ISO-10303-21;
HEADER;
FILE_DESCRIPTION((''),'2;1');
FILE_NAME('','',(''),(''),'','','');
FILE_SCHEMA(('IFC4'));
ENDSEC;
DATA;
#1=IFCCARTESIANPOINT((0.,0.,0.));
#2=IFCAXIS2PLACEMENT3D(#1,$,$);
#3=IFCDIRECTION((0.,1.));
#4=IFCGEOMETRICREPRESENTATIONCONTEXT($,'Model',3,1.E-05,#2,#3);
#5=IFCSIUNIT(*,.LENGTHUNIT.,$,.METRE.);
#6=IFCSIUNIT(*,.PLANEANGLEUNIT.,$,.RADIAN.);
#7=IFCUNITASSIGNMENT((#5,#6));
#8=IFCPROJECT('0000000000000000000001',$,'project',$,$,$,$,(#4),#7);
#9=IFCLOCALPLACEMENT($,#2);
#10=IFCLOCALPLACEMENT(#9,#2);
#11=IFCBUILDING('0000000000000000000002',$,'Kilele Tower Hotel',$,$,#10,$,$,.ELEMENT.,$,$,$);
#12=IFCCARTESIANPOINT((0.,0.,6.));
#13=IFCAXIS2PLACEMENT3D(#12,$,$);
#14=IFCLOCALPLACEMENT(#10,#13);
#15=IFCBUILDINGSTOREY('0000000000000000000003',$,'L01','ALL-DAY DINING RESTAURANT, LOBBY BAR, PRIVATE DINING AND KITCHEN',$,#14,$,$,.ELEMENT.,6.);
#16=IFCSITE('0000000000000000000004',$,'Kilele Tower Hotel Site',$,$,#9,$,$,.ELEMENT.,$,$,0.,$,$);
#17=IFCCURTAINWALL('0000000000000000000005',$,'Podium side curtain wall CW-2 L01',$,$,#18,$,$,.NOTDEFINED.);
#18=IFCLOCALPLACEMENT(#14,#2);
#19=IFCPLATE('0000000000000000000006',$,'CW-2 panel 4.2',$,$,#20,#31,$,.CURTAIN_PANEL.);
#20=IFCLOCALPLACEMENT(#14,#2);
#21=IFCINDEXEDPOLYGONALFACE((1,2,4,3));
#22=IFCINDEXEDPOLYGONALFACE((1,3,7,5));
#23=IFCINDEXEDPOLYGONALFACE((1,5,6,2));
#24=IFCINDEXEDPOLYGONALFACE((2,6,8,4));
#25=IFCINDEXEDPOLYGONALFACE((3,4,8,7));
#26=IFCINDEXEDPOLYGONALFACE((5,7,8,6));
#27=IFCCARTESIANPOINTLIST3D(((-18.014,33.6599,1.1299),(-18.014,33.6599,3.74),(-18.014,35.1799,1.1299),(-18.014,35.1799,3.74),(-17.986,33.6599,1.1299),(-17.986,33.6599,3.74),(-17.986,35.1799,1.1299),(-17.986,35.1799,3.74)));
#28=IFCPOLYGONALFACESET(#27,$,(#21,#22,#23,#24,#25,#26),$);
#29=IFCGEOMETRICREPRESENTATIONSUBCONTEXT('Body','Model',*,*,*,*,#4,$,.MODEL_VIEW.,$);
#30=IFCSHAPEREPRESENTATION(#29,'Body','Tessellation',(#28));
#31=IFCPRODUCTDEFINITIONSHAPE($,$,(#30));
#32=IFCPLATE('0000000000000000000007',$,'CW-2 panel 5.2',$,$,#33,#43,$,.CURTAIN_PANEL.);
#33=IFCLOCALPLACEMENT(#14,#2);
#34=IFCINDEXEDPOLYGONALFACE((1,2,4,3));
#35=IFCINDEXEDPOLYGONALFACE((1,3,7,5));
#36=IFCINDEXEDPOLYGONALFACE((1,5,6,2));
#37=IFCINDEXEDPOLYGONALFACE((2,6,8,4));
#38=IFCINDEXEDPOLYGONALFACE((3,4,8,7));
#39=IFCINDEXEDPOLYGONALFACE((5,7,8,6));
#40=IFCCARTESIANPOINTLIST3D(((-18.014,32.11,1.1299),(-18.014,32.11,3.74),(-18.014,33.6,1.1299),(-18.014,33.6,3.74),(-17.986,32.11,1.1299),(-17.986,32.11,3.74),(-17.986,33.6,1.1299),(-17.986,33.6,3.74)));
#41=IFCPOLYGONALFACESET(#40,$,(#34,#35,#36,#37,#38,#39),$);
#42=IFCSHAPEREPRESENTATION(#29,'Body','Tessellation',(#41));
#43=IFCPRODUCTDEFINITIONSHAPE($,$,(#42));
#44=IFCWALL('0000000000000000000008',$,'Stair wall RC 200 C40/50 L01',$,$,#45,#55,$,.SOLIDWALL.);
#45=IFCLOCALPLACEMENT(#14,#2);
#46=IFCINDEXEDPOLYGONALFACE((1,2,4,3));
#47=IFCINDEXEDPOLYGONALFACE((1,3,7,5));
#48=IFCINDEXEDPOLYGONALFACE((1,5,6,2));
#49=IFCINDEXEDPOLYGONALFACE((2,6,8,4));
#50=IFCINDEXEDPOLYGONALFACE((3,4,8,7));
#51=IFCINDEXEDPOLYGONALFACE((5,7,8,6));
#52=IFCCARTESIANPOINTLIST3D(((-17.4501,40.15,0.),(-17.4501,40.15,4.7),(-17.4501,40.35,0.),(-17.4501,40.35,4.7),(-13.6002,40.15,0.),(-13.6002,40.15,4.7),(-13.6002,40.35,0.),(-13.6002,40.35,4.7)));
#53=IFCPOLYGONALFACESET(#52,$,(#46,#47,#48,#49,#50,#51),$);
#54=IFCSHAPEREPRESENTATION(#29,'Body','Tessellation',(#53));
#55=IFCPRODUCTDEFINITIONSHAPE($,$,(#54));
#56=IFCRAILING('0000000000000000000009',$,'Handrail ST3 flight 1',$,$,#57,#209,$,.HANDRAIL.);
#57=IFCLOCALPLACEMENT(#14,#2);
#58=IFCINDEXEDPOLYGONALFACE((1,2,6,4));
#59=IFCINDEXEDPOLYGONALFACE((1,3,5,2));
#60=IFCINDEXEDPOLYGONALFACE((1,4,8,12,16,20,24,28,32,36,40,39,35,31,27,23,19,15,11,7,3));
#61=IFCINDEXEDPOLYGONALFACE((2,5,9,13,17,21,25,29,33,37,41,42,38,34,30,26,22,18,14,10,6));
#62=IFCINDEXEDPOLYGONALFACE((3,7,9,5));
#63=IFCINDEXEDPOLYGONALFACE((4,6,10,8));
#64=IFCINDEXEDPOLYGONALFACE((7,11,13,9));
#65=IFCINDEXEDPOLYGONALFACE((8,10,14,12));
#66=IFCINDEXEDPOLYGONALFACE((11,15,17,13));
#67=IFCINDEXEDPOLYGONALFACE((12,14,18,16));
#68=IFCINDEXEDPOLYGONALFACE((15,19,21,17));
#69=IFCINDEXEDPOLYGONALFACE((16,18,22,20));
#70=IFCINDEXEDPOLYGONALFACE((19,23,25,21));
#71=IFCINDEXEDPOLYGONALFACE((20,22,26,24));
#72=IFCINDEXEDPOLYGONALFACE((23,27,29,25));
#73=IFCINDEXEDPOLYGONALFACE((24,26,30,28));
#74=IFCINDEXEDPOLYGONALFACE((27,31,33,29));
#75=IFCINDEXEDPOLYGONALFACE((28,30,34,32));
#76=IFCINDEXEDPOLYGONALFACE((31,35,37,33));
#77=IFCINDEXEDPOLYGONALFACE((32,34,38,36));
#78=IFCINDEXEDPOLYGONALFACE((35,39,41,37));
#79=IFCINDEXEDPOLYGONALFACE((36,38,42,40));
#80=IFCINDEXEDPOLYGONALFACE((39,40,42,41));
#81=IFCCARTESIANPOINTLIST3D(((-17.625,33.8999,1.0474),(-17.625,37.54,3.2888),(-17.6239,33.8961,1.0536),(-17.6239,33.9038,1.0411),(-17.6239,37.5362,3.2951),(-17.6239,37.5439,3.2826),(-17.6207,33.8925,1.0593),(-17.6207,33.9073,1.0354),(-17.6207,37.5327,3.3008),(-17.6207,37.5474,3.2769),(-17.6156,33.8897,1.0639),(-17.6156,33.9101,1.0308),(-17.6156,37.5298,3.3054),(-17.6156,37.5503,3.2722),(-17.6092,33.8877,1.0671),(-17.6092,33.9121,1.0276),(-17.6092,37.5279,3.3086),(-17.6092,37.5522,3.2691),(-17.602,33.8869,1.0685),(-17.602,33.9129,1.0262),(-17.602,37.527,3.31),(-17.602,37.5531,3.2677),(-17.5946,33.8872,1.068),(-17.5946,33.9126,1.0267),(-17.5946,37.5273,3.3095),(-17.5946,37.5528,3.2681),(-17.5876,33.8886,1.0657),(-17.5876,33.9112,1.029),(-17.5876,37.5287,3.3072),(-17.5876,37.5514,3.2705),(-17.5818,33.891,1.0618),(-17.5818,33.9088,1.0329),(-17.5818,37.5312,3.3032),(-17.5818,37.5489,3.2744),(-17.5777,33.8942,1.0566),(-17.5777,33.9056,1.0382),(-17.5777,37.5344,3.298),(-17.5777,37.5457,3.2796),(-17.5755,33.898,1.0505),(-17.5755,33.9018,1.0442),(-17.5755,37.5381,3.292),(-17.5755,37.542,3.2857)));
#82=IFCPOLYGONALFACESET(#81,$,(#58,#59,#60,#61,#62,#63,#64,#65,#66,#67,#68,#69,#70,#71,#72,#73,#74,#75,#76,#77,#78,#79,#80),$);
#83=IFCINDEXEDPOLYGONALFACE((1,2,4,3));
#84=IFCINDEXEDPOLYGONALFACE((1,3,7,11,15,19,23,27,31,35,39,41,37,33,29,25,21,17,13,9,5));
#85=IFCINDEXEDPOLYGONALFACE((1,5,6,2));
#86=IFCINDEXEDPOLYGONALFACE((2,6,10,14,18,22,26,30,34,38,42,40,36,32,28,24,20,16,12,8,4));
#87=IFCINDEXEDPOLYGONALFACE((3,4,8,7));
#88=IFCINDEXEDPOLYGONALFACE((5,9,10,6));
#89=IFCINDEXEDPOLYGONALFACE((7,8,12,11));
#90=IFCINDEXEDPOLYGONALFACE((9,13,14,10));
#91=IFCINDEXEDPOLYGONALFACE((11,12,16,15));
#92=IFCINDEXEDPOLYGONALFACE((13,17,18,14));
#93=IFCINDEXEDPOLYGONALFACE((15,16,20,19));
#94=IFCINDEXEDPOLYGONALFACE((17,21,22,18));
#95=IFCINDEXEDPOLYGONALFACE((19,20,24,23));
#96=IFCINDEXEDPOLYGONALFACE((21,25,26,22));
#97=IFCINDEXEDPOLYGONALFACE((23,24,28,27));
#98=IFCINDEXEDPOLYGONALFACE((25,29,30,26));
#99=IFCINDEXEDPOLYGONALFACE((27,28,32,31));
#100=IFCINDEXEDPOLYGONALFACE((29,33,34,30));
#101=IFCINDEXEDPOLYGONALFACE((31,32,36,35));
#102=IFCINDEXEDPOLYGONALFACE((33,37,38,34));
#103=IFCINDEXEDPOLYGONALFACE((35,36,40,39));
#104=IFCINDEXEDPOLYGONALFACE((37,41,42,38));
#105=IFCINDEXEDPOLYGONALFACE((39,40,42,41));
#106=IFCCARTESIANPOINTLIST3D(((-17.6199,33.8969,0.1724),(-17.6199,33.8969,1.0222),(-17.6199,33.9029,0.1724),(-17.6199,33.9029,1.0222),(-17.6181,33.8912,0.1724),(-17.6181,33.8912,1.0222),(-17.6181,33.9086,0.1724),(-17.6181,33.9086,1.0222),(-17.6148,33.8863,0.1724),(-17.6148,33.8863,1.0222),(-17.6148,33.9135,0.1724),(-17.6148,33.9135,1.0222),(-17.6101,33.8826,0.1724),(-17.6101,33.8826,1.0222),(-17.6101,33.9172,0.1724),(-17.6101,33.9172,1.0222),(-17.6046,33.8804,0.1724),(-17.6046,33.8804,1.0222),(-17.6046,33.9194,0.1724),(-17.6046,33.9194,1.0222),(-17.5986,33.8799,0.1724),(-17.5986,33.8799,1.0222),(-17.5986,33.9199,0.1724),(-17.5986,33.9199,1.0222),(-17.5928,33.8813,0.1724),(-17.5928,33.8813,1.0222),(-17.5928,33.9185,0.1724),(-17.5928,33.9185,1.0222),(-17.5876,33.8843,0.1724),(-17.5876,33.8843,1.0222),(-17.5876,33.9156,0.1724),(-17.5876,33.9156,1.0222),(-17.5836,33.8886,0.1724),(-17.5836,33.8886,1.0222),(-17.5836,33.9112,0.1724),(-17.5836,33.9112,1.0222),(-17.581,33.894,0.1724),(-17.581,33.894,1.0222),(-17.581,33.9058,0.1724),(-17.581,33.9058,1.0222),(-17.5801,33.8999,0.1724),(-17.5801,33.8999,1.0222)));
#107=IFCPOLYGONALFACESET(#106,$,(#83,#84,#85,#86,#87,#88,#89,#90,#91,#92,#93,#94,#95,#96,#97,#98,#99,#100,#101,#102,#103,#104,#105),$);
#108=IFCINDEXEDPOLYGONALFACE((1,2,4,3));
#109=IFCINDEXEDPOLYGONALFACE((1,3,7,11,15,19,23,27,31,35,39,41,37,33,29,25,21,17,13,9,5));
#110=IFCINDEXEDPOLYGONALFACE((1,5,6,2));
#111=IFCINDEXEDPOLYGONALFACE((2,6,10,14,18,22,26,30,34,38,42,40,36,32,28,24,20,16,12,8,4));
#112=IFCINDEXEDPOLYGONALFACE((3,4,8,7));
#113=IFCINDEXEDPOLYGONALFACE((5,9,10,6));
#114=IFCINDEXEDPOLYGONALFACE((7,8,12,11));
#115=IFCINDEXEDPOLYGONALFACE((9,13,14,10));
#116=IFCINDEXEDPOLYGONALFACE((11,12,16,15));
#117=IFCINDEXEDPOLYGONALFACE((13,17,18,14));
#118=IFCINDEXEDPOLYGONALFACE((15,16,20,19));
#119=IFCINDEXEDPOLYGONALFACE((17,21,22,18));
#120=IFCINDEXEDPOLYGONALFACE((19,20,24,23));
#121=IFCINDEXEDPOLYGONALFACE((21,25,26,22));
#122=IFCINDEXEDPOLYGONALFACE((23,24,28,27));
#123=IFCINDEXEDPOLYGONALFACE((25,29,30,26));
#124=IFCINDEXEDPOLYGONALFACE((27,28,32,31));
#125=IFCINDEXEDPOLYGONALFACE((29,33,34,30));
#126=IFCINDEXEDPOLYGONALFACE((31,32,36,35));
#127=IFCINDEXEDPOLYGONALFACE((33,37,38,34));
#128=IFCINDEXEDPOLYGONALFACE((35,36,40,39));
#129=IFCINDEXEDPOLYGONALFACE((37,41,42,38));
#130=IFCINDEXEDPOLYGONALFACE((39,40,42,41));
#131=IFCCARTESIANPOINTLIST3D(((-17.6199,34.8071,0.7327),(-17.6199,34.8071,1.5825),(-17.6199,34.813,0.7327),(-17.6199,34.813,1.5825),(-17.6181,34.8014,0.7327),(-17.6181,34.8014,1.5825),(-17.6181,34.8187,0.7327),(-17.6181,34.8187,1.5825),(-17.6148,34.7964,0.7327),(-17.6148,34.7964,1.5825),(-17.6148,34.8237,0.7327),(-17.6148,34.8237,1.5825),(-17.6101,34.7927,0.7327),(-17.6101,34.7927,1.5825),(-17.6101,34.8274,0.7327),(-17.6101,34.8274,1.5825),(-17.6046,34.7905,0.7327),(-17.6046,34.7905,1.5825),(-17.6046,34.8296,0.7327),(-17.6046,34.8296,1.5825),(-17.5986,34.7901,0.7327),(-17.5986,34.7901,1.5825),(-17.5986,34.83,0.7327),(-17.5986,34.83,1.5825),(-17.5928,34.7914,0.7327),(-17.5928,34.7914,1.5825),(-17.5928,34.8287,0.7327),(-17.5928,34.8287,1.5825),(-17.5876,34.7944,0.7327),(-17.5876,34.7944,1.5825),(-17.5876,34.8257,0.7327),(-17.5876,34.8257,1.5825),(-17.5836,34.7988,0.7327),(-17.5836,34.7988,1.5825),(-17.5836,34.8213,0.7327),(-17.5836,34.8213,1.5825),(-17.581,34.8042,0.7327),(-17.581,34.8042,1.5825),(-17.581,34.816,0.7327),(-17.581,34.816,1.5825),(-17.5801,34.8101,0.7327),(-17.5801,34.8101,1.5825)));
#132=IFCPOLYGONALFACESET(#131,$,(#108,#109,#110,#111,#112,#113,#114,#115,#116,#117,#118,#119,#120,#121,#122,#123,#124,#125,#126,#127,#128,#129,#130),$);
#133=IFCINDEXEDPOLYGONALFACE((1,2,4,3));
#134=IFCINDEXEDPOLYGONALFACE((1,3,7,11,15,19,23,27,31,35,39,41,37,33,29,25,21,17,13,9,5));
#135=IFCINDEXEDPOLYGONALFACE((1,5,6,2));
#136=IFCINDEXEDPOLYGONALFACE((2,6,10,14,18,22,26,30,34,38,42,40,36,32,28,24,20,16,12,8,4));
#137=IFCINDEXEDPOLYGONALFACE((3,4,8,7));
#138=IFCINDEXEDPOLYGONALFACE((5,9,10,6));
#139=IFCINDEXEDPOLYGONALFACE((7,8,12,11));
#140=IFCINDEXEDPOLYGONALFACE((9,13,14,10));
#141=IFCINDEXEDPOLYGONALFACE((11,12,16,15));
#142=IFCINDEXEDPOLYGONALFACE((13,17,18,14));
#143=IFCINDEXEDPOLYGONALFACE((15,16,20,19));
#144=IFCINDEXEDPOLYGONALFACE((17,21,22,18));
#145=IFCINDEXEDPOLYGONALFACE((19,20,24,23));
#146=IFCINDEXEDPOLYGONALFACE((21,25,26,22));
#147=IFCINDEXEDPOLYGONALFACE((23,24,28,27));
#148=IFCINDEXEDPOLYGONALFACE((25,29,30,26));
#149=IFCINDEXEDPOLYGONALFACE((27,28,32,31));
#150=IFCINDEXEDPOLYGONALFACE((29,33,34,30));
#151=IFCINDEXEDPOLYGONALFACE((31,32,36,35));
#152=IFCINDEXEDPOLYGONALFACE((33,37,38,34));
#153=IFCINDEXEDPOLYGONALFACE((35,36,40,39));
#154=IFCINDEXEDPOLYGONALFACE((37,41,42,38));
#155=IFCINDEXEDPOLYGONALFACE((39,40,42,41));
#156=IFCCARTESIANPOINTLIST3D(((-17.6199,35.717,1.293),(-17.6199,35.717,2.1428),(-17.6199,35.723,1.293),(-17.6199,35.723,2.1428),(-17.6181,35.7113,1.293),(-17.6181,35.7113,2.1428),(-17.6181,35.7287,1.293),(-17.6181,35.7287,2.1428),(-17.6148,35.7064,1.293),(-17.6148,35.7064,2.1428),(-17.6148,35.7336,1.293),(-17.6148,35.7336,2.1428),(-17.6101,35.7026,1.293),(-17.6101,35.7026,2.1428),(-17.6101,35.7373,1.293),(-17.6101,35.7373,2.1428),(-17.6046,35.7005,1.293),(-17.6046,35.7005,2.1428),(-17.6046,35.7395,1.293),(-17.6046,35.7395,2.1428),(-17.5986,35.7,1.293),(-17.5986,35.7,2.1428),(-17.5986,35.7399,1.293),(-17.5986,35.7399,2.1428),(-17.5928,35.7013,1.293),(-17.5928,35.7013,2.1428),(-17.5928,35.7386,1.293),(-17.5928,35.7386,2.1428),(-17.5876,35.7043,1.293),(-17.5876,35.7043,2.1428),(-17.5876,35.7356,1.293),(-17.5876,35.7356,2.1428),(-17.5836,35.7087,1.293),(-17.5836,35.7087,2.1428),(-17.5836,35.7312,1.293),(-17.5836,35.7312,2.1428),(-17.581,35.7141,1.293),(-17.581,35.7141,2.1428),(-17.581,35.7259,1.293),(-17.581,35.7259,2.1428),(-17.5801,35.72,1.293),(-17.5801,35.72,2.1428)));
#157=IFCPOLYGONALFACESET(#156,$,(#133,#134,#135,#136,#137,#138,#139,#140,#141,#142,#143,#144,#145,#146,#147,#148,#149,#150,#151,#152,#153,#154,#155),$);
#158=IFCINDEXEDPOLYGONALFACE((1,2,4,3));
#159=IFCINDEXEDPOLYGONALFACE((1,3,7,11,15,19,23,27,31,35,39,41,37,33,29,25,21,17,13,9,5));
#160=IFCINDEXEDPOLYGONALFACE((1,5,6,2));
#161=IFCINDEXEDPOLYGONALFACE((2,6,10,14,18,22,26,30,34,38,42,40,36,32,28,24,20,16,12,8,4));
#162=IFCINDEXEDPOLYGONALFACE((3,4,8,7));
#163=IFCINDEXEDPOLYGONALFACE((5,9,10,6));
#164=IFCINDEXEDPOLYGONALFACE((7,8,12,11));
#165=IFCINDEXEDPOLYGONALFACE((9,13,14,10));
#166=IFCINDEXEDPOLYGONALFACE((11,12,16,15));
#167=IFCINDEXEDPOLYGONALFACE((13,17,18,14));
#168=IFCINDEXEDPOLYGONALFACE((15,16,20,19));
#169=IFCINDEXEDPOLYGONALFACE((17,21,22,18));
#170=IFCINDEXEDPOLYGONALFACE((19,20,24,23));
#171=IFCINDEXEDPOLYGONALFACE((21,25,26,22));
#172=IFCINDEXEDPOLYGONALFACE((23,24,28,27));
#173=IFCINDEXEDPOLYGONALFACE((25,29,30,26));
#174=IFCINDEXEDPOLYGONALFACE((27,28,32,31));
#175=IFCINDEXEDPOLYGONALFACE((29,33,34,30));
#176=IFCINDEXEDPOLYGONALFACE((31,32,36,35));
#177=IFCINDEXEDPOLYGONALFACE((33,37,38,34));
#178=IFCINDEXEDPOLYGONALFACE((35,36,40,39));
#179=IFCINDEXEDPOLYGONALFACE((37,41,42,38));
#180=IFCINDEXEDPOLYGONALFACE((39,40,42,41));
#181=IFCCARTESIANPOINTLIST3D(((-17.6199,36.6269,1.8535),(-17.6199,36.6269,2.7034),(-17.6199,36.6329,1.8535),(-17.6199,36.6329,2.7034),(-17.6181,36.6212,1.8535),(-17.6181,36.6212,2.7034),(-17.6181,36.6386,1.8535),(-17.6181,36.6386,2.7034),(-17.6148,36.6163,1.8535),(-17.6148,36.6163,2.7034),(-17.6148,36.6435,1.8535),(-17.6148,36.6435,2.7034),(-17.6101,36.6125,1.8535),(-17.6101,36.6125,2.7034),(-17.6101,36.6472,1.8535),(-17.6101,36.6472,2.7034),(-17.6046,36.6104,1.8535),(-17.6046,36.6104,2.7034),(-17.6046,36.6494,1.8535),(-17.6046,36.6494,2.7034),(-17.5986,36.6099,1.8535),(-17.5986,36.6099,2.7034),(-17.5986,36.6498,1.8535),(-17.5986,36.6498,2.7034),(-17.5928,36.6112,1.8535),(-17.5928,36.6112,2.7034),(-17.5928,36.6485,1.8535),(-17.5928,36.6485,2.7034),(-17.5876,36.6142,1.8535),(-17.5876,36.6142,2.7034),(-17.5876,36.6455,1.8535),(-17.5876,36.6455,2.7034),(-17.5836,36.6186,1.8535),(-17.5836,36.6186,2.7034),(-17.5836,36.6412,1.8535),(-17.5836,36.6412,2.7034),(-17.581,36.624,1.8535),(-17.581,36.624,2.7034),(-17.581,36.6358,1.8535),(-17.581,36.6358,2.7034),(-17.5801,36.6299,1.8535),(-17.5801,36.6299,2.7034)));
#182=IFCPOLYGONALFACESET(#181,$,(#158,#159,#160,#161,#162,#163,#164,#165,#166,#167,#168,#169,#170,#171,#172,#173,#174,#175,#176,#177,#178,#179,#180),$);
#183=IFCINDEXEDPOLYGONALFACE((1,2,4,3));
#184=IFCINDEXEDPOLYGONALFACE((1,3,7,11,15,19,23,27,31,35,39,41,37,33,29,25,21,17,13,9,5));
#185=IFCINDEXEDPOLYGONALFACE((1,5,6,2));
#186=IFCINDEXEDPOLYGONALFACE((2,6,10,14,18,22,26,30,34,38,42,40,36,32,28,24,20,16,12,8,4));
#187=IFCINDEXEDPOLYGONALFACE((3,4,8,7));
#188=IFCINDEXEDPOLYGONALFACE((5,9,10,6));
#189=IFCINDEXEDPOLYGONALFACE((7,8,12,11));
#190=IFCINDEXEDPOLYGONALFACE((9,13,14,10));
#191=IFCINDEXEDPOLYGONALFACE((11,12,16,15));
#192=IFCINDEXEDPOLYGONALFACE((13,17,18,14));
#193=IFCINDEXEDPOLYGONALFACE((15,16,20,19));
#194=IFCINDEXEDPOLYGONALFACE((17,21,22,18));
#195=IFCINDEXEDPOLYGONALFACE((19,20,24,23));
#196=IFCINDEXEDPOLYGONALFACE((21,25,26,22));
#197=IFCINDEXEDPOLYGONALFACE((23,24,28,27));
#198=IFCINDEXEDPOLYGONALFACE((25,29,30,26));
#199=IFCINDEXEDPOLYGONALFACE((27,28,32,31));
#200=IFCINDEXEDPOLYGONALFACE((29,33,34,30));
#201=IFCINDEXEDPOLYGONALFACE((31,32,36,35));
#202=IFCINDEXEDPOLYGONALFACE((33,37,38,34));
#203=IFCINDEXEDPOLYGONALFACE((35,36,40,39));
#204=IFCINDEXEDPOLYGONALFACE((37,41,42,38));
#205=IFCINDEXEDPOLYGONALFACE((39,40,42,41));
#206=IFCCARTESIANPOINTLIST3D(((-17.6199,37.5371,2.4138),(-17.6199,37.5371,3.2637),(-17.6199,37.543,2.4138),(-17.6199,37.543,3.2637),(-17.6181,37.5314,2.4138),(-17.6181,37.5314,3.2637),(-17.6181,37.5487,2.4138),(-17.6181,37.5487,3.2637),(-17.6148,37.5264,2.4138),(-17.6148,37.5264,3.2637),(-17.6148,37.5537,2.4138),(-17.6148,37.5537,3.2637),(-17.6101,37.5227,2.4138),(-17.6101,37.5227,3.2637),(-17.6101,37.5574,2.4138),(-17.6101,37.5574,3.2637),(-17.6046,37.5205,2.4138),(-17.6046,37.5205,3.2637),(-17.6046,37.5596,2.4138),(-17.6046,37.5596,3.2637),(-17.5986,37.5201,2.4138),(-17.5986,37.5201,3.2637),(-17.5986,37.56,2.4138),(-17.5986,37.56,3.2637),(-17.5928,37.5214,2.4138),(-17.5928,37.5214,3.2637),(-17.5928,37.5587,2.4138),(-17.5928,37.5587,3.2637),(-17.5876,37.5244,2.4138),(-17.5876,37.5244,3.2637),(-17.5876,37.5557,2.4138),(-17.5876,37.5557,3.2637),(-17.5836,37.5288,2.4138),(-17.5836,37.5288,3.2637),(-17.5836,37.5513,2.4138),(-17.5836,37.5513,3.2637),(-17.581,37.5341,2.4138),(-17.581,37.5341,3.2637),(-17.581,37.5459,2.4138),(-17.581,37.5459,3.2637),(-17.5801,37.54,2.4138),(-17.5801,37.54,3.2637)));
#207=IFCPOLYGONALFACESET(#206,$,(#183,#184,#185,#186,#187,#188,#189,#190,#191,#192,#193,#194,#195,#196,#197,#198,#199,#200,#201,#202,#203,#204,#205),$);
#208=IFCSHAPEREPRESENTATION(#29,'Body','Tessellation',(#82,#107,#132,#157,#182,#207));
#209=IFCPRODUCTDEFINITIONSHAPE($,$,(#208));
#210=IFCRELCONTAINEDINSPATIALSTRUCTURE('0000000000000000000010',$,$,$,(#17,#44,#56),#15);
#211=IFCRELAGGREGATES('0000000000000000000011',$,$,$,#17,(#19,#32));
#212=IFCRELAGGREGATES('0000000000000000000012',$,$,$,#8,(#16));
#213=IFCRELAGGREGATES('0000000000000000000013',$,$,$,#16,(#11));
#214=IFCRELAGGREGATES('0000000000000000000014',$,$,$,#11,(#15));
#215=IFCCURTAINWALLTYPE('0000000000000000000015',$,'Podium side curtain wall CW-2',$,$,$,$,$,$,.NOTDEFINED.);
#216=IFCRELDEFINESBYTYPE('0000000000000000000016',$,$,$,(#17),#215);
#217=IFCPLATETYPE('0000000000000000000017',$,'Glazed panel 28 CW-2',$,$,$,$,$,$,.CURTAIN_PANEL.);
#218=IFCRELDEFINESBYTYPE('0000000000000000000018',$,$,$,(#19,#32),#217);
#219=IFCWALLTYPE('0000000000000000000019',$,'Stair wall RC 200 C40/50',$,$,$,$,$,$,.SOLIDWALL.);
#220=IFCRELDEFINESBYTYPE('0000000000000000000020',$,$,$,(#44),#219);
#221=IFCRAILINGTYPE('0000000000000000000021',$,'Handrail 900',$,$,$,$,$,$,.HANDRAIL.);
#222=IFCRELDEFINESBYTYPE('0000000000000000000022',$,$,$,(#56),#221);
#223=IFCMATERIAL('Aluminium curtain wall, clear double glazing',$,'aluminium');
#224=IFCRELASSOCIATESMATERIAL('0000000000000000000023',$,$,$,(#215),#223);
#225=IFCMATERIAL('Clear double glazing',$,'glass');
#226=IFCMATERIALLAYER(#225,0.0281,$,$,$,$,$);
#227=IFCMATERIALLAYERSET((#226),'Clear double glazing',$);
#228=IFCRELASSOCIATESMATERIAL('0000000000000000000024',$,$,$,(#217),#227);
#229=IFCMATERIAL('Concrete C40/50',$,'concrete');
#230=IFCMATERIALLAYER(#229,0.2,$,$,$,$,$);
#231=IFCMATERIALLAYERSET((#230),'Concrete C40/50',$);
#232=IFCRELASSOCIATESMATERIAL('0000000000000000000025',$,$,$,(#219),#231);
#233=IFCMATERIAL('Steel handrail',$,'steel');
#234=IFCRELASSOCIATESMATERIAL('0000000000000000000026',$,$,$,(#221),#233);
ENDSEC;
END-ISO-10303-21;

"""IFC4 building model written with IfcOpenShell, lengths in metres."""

from ifc_helpers import new_model, si_unit, direction, frame, frame_2d, origin, origin_2d, place, context, subcontext, project, spatial, rectangle, circle, extrude, material, layer, layer_set, type_object, element, aggregate, save


model = new_model("IFC4")

# Units and contexts
model_context = context("Model", 3, precision=1e-05, world=origin(), true_north=direction((0.0, 1.0)))
body_context = subcontext(model_context, "Body", "Model", "MODEL_VIEW")
ifc_project = project(units=[si_unit("LENGTHUNIT", "METRE"), si_unit("PLANEANGLEUNIT", "RADIAN")], contexts=[model_context])

# Site, building, storey
site_placement = place(None, origin())
site = spatial("IfcSite", under=ifc_project, at=site_placement, Name="Kilele Tower Hotel Site", CompositionType="ELEMENT", RefElevation=0.0)
building_placement = place(site_placement, origin())
building = spatial("IfcBuilding", under=site, at=building_placement, Name="Kilele Tower Hotel", CompositionType="ELEMENT")
storey_placement = place(building_placement, frame((0.0, 0.0, 6.0)))
storey = spatial("IfcBuildingStorey", under=building, at=storey_placement, Name="L01", Description="ALL-DAY DINING RESTAURANT, LOBBY BAR, PRIVATE DINING AND KITCHEN", CompositionType="ELEMENT", Elevation=6.0)

# Curtain wall, plates
ifc_material_1 = material(Name="Aluminium curtain wall, clear double glazing", Category="aluminium")
curtain_wall_type_1 = type_object("IfcCurtainWallType", Name="Podium side curtain wall CW-2", PredefinedType="NOTDEFINED", material=ifc_material_1)
curtain_wall_1_placement = place(storey_placement, origin())
curtain_wall_1 = element("IfcCurtainWall", 1, at=curtain_wall_1_placement, inside=storey, type_object=curtain_wall_type_1, Name="Podium side curtain wall CW-2 L01", PredefinedType="NOTDEFINED")
ifc_material_2 = material(Name="Clear double glazing", Category="glass")
ifc_layer_1 = layer(ifc_material_2, 0.0281)
ifc_layer_set_1 = layer_set([ifc_layer_1], Name="Clear double glazing")
plate_type = type_object("IfcPlateType", Name="Glazed panel 28 CW-2", PredefinedType="CURTAIN_PANEL", material=ifc_layer_set_1)
plate_1_placement = place(storey_placement, frame((-18.0, 34.4199, 1.1299), z_axis=(0.0, 0.0, 1.0), x_axis=(0.0, -1.0, 0.0)))
plate_1 = element("IfcPlate", 2, at=plate_1_placement, type_object=plate_type, Name="CW-2 panel 4.2", PredefinedType="CURTAIN_PANEL", context=body_context, shape_type="SweptSolid", body=[
    extrude(rectangle(XDim=1.52, YDim=0.0281, at=origin_2d()), origin(), (0.0, 0.0, 1.0), 2.6101),
])
plate_2_placement = place(storey_placement, frame((-18.0, 32.855, 1.1299), z_axis=(0.0, 0.0, 1.0), x_axis=(0.0, -1.0, 0.0)))
plate_2 = element("IfcPlate", 3, at=plate_2_placement, type_object=plate_type, Name="CW-2 panel 5.2", PredefinedType="CURTAIN_PANEL", context=body_context, shape_type="SweptSolid", body=[
    extrude(rectangle(XDim=1.49, YDim=0.0281, at=origin_2d()), origin(), (0.0, 0.0, 1.0), 2.6101),
])
aggregate(curtain_wall_1, [plate_1, plate_2])

# Wall
ifc_material_3 = material(Name="Concrete C40/50", Category="concrete")
ifc_layer_2 = layer(ifc_material_3, 0.2)
ifc_layer_set_2 = layer_set([ifc_layer_2], Name="Concrete C40/50")
wall_type = type_object("IfcWallType", Name="Stair wall RC 200 C40/50", PredefinedType="SOLIDWALL", material=ifc_layer_set_2)
wall_placement = place(storey_placement, frame((-17.45, 40.25, 0.0), z_axis=(0.0, 0.0, 1.0), x_axis=(1.0, 0.0, 0.0)))
element("IfcWall", 4, at=wall_placement, inside=storey, type_object=wall_type, Name="Stair wall RC 200 C40/50 L01", PredefinedType="SOLIDWALL", context=body_context, shape_type="SweptSolid", body=[
    extrude(rectangle(XDim=3.8499, YDim=0.2, at=frame_2d((1.9248, 0.0))), origin(), (0.0, 0.0, 1.0), 4.7),
])

# Railing
ifc_material_4 = material(Name="Steel handrail", Category="steel")
railing_type = type_object("IfcRailingType", Name="Handrail 900", PredefinedType="HANDRAIL", material=ifc_material_4)
railing_placement = place(storey_placement, frame((-17.6001, 33.8999, 0.1724)))
element("IfcRailing", 5, at=railing_placement, inside=storey, type_object=railing_type, Name="Handrail ST3 flight 1", PredefinedType="HANDRAIL", context=body_context, shape_type="SweptSolid", body=[
    extrude(circle(Radius=0.0249, at=origin_2d()), frame((0.0, 0.0, 0.875), z_axis=(0.0, 0.851515, 0.52433), x_axis=(-1.0, 0.0, 0.0)), (0.0, 0.0, 1.0), 4.2749),
    extrude(circle(Radius=0.02, at=origin_2d()), origin(), (0.0, 0.0, 1.0), 0.8499),
    extrude(circle(Radius=0.02, at=origin_2d()), frame((0.0, 0.9102, 0.5603)), (0.0, 0.0, 1.0), 0.8499),
    extrude(circle(Radius=0.02, at=origin_2d()), frame((0.0, 1.8201, 1.1206)), (0.0, 0.0, 1.0), 0.8499),
    extrude(circle(Radius=0.02, at=origin_2d()), frame((0.0, 2.73, 1.6812)), (0.0, 0.0, 1.0), 0.8499),
    extrude(circle(Radius=0.02, at=origin_2d()), frame((0.0, 3.6401, 2.2415)), (0.0, 0.0, 1.0), 0.8499),
])

save(model, "model.ifc")
